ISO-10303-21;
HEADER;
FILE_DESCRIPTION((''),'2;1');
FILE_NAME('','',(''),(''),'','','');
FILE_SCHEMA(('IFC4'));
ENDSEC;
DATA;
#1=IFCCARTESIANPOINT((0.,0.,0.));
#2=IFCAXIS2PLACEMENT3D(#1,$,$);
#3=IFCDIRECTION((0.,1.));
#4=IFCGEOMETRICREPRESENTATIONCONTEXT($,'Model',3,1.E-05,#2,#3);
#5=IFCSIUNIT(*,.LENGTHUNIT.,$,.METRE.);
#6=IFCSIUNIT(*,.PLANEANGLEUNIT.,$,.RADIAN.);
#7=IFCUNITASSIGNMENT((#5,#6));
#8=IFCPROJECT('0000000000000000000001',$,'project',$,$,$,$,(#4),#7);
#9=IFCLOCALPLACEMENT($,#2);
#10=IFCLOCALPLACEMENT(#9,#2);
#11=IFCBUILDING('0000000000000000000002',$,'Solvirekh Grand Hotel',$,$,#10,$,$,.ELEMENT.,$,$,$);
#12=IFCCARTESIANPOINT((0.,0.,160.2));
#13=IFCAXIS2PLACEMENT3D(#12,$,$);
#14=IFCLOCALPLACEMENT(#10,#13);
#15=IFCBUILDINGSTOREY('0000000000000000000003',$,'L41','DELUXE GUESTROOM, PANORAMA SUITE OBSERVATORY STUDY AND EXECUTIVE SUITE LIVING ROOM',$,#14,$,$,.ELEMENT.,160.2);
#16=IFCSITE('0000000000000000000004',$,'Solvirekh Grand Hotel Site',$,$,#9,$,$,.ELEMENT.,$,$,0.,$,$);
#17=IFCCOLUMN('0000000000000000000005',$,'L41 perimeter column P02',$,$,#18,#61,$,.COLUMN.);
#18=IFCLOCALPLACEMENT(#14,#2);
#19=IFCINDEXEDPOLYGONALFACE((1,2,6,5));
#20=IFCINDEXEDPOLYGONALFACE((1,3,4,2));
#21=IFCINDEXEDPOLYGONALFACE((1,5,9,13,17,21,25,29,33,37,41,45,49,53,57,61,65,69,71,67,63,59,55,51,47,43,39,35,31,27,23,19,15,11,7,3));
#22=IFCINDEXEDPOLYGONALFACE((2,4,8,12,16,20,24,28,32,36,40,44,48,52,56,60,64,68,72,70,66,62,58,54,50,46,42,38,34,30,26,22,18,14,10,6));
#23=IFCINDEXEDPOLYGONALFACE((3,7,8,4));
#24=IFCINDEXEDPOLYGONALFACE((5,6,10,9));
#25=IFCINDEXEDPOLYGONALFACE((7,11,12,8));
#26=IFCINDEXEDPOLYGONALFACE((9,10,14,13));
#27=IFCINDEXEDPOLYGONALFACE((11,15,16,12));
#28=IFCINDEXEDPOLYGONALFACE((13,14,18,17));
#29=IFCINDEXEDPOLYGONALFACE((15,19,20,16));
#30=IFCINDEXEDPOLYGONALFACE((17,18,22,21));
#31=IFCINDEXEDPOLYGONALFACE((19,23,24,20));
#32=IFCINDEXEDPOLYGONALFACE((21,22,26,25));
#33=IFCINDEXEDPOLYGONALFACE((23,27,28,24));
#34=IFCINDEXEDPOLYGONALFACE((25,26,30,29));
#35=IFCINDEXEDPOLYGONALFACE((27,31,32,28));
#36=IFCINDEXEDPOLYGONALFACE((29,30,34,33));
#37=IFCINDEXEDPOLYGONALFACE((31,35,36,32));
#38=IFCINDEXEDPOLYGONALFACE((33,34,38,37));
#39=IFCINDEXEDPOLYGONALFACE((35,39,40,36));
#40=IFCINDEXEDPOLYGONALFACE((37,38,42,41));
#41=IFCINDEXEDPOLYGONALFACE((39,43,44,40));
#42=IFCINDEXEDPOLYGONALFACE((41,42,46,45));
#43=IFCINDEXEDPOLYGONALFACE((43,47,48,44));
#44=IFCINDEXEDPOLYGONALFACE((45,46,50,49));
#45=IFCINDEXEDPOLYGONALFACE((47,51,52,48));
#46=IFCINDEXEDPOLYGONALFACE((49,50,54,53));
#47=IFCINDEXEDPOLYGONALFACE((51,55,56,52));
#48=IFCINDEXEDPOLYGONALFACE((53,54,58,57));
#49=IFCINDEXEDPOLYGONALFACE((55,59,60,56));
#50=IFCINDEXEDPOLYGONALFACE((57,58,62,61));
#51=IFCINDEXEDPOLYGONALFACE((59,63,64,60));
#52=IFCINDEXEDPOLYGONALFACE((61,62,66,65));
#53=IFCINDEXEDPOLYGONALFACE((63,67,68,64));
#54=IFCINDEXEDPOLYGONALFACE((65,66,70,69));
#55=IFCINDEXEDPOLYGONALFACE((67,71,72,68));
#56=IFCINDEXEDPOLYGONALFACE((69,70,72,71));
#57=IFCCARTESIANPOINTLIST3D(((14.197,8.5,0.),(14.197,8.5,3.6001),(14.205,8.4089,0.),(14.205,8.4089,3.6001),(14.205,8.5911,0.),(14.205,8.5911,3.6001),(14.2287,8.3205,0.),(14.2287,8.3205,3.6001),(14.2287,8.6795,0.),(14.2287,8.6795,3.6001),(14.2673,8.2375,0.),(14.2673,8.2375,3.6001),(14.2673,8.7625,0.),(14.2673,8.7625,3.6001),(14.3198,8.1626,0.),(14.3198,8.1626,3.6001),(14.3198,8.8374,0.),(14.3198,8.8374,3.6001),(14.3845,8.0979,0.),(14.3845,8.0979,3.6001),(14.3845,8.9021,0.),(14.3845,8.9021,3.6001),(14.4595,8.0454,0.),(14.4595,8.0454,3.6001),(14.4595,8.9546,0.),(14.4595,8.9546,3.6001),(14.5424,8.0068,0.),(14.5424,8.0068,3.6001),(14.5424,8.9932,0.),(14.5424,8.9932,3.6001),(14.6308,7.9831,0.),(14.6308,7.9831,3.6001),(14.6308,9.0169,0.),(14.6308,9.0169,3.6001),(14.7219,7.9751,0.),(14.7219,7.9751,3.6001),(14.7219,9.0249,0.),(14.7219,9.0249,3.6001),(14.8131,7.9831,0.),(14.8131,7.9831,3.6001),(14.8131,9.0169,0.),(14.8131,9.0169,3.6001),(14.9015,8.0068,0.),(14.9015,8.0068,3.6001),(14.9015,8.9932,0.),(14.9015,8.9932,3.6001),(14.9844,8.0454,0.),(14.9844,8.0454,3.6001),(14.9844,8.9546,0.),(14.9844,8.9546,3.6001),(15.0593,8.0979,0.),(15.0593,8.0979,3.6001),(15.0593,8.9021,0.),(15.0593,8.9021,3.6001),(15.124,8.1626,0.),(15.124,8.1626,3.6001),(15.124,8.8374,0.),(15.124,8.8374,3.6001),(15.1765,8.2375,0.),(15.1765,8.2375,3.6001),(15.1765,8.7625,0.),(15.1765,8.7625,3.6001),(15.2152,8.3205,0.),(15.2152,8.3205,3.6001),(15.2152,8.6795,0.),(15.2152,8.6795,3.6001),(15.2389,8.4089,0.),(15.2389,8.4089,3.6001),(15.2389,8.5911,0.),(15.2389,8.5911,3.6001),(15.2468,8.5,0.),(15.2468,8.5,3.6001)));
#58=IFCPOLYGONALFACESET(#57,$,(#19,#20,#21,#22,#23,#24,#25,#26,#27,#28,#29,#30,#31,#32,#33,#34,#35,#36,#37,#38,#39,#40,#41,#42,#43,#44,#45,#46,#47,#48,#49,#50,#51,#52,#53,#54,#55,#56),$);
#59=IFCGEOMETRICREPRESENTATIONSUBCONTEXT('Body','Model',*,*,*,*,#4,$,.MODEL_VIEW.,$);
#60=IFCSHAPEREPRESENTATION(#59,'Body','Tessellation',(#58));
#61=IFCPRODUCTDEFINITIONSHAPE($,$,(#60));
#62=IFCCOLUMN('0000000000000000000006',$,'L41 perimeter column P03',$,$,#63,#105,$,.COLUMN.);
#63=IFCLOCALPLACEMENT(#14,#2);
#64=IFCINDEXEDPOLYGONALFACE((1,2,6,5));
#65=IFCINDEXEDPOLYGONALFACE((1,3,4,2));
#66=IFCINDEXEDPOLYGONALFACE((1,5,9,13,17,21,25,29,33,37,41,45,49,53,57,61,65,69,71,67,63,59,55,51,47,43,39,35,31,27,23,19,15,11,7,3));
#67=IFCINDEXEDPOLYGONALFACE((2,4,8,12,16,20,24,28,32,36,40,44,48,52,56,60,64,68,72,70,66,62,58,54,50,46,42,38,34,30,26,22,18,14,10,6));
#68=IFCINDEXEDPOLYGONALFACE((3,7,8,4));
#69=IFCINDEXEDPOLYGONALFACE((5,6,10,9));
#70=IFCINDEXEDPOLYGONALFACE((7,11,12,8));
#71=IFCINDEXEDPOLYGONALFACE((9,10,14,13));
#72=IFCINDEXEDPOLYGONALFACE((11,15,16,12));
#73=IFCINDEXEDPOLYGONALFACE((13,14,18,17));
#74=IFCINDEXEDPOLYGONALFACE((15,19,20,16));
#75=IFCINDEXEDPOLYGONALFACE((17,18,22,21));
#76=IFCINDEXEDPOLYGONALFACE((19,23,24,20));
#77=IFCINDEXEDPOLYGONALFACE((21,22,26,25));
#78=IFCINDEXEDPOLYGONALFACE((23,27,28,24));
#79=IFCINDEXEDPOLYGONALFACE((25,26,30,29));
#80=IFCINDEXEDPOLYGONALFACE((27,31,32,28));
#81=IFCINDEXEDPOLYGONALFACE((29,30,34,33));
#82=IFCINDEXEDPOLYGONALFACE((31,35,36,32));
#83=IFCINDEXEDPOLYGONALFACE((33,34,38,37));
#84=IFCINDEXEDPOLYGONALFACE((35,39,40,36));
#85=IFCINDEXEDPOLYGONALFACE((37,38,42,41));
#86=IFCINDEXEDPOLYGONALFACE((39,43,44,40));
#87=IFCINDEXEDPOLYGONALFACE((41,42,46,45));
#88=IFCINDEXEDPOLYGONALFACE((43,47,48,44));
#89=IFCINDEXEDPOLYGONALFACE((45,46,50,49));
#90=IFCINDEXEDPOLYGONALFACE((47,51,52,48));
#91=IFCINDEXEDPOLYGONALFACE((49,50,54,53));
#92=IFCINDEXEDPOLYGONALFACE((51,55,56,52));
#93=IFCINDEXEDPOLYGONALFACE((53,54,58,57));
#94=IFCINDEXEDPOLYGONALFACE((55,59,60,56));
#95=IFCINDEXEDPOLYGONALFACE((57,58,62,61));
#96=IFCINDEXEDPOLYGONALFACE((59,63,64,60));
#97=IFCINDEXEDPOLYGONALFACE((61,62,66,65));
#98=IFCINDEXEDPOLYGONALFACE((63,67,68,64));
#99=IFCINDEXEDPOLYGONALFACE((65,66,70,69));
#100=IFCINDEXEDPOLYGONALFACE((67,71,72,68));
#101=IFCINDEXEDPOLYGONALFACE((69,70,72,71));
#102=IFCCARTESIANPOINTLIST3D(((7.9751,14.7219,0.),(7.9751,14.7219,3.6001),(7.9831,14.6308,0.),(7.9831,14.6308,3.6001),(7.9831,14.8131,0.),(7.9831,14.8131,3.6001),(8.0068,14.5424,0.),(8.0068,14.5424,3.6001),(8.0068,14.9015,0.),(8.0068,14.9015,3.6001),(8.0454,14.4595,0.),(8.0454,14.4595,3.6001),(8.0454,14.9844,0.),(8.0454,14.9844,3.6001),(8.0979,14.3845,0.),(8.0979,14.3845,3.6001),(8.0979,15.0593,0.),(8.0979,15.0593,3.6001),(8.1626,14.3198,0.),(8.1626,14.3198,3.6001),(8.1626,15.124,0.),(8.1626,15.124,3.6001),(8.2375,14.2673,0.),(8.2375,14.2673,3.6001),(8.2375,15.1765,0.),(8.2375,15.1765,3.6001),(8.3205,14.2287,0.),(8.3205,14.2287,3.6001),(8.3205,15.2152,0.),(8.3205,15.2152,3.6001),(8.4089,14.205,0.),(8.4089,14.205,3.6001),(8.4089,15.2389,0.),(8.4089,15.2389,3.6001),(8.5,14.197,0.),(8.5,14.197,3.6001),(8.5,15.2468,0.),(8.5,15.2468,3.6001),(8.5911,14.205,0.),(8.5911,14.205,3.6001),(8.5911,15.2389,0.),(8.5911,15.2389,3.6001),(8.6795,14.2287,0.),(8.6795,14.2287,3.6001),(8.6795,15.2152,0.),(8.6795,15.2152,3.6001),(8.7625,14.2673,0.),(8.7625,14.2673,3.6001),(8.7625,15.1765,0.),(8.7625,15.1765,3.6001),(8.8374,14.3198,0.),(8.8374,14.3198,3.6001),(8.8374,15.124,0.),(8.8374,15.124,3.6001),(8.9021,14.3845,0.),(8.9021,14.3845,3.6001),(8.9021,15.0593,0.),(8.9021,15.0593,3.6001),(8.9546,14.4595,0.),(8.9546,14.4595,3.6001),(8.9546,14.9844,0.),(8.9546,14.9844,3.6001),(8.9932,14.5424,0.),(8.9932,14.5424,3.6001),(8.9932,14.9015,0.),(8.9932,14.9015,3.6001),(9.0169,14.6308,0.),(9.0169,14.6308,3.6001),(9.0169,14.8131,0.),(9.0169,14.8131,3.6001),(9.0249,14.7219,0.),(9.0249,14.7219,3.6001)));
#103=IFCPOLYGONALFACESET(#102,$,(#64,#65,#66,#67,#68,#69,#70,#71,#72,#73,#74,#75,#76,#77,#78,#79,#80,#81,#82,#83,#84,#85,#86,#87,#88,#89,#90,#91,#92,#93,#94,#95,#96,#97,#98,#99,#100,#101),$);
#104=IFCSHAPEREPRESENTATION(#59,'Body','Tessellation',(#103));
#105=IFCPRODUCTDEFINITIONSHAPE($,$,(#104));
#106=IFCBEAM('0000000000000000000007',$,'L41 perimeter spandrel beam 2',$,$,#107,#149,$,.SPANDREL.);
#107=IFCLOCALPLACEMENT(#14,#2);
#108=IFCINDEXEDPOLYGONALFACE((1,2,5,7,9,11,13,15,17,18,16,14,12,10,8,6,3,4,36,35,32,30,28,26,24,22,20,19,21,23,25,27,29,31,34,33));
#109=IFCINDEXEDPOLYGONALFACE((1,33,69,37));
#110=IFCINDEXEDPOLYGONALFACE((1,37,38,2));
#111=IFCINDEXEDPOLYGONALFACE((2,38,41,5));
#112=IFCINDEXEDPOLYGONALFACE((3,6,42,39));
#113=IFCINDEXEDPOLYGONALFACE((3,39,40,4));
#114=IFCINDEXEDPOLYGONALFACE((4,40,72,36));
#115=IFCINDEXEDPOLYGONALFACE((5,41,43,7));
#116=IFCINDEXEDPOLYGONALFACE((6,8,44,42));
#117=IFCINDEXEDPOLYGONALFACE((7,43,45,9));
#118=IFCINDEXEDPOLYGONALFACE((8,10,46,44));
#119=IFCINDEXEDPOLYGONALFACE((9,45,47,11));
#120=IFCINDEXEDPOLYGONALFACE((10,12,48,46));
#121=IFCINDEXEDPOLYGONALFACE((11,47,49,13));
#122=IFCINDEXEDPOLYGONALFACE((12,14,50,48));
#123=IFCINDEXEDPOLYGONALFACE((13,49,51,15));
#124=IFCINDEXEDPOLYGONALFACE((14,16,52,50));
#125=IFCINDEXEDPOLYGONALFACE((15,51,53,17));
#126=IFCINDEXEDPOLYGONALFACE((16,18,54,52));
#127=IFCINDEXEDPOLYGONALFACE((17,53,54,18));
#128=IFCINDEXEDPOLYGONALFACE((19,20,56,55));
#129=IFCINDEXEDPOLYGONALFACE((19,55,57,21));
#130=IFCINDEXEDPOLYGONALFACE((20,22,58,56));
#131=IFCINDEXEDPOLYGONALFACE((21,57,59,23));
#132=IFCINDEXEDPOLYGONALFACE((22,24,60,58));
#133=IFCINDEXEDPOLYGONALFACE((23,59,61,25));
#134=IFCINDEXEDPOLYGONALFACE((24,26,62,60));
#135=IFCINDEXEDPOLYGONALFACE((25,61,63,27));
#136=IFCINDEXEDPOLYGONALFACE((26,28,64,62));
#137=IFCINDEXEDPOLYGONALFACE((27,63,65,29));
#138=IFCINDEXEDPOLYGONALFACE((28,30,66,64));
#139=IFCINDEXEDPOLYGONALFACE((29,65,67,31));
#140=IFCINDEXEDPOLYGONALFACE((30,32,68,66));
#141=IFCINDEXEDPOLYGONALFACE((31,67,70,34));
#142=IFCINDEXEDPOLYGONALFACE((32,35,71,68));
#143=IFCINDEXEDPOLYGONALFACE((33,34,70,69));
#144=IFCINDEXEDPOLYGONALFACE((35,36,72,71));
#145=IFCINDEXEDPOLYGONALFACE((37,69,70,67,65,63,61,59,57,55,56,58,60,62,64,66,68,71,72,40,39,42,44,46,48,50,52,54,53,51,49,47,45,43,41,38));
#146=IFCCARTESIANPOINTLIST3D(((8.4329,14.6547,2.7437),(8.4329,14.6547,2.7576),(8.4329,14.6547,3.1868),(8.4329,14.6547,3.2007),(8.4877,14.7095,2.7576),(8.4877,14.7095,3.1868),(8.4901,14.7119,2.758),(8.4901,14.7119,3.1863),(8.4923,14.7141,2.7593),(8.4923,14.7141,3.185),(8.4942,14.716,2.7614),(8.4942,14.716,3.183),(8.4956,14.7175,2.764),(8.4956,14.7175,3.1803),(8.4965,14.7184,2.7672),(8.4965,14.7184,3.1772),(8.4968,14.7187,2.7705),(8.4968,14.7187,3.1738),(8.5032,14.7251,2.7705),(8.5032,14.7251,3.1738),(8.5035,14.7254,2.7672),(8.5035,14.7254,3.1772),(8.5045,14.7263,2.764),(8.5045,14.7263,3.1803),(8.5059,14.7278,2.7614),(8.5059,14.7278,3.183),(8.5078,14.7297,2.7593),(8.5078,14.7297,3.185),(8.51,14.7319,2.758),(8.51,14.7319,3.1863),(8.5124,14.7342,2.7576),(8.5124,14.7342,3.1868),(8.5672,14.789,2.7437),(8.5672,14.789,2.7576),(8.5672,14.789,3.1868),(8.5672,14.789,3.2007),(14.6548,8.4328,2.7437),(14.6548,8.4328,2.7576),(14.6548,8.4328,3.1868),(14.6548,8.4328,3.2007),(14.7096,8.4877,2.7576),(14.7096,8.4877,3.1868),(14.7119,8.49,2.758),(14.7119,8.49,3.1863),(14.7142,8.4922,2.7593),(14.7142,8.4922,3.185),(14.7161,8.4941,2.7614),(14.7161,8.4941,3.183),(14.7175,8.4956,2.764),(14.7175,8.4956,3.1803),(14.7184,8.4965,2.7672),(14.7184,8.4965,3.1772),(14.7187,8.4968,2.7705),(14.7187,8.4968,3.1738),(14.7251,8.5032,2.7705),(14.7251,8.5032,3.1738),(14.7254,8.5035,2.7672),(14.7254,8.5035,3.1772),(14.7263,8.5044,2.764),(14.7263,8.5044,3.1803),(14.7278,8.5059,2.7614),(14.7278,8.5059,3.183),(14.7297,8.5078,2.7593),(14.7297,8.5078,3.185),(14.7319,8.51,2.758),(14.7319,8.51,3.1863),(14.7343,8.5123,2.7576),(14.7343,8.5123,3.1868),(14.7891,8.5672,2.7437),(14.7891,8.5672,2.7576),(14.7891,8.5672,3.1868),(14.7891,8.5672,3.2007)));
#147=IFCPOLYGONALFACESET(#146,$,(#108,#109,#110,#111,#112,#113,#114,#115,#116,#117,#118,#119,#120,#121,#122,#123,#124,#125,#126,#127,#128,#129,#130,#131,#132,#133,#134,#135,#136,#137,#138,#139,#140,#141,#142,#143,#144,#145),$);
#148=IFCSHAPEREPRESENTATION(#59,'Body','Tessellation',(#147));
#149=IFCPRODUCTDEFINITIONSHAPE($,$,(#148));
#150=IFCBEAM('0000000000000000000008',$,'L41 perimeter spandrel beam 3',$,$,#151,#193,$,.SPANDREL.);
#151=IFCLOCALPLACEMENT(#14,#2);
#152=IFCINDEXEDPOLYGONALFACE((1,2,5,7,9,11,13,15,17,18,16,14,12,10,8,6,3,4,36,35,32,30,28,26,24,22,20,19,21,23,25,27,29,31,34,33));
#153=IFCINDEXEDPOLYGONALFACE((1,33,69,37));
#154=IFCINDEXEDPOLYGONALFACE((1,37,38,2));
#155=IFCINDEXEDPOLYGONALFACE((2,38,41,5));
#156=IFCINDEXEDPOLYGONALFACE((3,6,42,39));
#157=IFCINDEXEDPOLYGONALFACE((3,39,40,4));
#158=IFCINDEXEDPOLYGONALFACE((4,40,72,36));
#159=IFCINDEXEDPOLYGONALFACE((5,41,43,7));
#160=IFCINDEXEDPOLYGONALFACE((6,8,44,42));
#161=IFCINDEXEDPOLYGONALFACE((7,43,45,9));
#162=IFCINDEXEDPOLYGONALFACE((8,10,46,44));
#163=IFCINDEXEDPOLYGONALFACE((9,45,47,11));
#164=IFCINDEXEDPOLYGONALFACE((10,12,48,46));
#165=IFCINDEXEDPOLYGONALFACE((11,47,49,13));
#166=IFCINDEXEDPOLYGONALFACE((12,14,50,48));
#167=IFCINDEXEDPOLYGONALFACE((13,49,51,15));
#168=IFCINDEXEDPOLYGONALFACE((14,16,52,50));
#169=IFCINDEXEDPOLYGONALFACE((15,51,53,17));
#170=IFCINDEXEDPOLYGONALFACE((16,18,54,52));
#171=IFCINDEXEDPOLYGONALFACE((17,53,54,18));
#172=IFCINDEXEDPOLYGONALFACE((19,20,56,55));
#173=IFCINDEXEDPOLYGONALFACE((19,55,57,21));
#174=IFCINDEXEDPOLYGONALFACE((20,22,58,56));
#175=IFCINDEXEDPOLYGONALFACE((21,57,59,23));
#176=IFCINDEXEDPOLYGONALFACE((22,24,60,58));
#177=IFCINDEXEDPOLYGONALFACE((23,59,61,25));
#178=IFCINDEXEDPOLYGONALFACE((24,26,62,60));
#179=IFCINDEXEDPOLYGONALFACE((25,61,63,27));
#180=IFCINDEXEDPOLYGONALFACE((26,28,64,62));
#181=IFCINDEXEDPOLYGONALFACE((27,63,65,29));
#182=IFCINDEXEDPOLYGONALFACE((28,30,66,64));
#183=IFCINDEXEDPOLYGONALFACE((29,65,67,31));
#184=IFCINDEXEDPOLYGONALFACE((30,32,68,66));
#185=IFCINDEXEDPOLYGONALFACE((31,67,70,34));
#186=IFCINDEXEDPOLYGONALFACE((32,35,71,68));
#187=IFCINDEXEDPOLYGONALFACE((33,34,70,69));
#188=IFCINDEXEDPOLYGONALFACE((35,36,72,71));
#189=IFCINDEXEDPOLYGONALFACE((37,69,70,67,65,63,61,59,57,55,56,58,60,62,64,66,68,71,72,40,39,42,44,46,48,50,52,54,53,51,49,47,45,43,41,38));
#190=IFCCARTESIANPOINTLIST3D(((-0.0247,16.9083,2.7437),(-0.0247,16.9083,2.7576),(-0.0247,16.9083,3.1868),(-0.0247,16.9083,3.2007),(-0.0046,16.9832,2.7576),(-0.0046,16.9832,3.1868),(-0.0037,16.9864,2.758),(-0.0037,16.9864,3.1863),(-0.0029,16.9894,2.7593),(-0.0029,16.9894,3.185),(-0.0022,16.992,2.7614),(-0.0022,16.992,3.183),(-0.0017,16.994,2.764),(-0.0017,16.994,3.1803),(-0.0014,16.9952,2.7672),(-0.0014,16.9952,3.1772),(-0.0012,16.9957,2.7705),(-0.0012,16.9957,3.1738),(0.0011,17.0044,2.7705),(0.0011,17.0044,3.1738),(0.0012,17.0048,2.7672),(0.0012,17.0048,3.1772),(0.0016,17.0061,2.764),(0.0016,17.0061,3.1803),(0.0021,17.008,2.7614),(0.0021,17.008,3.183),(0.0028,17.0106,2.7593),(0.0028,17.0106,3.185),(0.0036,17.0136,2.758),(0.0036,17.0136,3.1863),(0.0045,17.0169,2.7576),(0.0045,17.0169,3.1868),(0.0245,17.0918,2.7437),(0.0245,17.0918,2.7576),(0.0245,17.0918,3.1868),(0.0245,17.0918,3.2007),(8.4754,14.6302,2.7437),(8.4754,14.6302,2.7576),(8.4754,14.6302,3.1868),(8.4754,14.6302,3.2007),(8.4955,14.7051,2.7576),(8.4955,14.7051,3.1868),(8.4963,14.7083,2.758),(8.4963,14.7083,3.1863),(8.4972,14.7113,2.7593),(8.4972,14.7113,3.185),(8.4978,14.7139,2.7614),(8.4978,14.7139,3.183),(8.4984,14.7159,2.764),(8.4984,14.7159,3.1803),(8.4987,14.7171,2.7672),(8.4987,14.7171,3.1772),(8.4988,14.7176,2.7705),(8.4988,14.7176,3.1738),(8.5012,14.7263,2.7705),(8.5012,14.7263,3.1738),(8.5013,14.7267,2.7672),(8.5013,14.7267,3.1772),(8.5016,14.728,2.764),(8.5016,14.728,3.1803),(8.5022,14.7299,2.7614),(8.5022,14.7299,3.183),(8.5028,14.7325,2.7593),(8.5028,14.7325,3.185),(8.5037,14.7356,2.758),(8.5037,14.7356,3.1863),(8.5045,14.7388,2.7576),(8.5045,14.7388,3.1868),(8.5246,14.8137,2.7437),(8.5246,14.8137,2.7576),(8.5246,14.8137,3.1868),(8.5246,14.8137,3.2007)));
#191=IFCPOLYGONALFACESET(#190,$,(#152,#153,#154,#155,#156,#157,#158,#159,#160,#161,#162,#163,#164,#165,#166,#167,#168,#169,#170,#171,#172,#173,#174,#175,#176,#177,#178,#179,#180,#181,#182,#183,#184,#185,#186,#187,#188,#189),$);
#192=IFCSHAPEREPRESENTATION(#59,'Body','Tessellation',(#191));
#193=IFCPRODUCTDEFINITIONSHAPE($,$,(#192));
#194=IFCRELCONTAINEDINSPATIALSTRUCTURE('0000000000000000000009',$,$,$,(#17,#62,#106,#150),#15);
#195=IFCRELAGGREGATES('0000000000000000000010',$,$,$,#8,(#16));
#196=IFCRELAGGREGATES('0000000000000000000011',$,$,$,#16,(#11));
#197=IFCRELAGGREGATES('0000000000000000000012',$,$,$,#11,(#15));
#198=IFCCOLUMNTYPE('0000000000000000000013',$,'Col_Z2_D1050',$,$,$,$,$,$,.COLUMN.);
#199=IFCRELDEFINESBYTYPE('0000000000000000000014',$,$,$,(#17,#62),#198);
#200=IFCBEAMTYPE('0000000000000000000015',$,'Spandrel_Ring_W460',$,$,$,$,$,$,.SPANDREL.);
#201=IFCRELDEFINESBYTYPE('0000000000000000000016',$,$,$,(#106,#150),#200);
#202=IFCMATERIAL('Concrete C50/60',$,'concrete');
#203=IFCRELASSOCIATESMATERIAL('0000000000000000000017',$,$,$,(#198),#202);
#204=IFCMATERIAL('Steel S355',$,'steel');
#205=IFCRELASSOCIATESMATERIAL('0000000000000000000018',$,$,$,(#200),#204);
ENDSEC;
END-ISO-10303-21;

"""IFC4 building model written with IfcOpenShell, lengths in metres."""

from ifc_helpers import new_model, si_unit, direction, frame, origin, origin_2d, place, context, subcontext, project, spatial, circle, i_section, extrude, material, material_profile, profile_set, type_object, element, save


model = new_model("IFC4")

# Units and contexts
model_context = context("Model", 3, precision=1e-05, world=origin(), true_north=direction((0.0, 1.0)))
body_context = subcontext(model_context, "Body", "Model", "MODEL_VIEW")
ifc_project = project(units=[si_unit("LENGTHUNIT", "METRE"), si_unit("PLANEANGLEUNIT", "RADIAN")], contexts=[model_context])

# Site, building, storey
site_placement = place(None, origin())
site = spatial("IfcSite", under=ifc_project, at=site_placement, Name="Solvirekh Grand Hotel Site", CompositionType="ELEMENT", RefElevation=0.0)
building_placement = place(site_placement, origin())
building = spatial("IfcBuilding", under=site, at=building_placement, Name="Solvirekh Grand Hotel", CompositionType="ELEMENT")
storey_placement = place(building_placement, frame((0.0, 0.0, 160.2)))
storey = spatial("IfcBuildingStorey", under=building, at=storey_placement, Name="L41", Description="DELUXE GUESTROOM, PANORAMA SUITE OBSERVATORY STUDY AND EXECUTIVE SUITE LIVING ROOM", CompositionType="ELEMENT", Elevation=160.2)

# Columns
ifc_material_1 = material(Name="Concrete C50/60", Category="concrete")
ifc_material_profile_1 = material_profile(ifc_material_1, circle(Radius=0.5249, at=origin_2d()), Name="RC CIRC D1050")
ifc_profile_set_1 = profile_set([ifc_material_profile_1], Name="Concrete C50/60")
column_type = type_object("IfcColumnType", Name="Col_Z2_D1050", PredefinedType="COLUMN", material=ifc_profile_set_1)
for number, where, z_axis, x_axis, name in (
    (1, (14.7219, 8.5, 0.0), (0.0, 0.0, 1.0), (1.0, 0.0, 0.0), "L41 perimeter column P02"),
    (2, (8.5, 14.7219, 0.0), (0.0, 0.0, 1.0), (1.0, 0.0, 0.0), "L41 perimeter column P03"),
):
    element("IfcColumn", number, at=place(storey_placement, frame(where, z_axis=z_axis, x_axis=x_axis)), inside=storey, type_object=column_type, Name=name, PredefinedType="COLUMN", context=body_context, shape_type="SweptSolid", body=[
        extrude(circle(Radius=0.5249, at=origin_2d()), origin(), (0.0, 0.0, 1.0), 3.6001),
    ])

# Beams
ifc_material_2 = material(Name="Steel S355", Category="steel")
ifc_material_profile_2 = material_profile(ifc_material_2, i_section(OverallWidth=0.1899, OverallDepth=0.457, WebThickness=0.009, FlangeThickness=0.0139, FilletRadius=0.0129, at=origin_2d()), Name="W460X74")
ifc_profile_set_2 = profile_set([ifc_material_profile_2], Name="Steel S355")
beam_type_1 = type_object("IfcBeamType", Name="Spandrel_Ring_W460", PredefinedType="SPANDREL", material=ifc_profile_set_2)
beam_1_placement = place(storey_placement, frame((14.7219, 8.5, 2.9722), z_axis=(-0.707107, 0.707107, 0.0), x_axis=(-0.707107, -0.707107, 0.0)))
element("IfcBeam", 3, at=beam_1_placement, inside=storey, type_object=beam_type_1, Name="L41 perimeter spandrel beam 2", PredefinedType="SPANDREL", context=body_context, shape_type="SweptSolid", body=[
    extrude(i_section(OverallWidth=0.1899, OverallDepth=0.457, WebThickness=0.009, FlangeThickness=0.0139, FilletRadius=0.0129, at=origin_2d()), origin(), (0.0, 0.0, 1.0), 8.7991),
])
beam_2_placement = place(storey_placement, frame((8.5, 14.7219, 2.9722), z_axis=(-0.965911, 0.258873, 0.0), x_axis=(-0.258873, -0.965911, 0.0)))
element("IfcBeam", 4, at=beam_2_placement, inside=storey, type_object=beam_type_1, Name="L41 perimeter spandrel beam 3", PredefinedType="SPANDREL", context=body_context, shape_type="SweptSolid", body=[
    extrude(i_section(OverallWidth=0.1899, OverallDepth=0.457, WebThickness=0.009, FlangeThickness=0.0139, FilletRadius=0.0129, at=origin_2d()), origin(), (0.0, 0.0, 1.0), 8.8),
])

save(model, "model.ifc")
